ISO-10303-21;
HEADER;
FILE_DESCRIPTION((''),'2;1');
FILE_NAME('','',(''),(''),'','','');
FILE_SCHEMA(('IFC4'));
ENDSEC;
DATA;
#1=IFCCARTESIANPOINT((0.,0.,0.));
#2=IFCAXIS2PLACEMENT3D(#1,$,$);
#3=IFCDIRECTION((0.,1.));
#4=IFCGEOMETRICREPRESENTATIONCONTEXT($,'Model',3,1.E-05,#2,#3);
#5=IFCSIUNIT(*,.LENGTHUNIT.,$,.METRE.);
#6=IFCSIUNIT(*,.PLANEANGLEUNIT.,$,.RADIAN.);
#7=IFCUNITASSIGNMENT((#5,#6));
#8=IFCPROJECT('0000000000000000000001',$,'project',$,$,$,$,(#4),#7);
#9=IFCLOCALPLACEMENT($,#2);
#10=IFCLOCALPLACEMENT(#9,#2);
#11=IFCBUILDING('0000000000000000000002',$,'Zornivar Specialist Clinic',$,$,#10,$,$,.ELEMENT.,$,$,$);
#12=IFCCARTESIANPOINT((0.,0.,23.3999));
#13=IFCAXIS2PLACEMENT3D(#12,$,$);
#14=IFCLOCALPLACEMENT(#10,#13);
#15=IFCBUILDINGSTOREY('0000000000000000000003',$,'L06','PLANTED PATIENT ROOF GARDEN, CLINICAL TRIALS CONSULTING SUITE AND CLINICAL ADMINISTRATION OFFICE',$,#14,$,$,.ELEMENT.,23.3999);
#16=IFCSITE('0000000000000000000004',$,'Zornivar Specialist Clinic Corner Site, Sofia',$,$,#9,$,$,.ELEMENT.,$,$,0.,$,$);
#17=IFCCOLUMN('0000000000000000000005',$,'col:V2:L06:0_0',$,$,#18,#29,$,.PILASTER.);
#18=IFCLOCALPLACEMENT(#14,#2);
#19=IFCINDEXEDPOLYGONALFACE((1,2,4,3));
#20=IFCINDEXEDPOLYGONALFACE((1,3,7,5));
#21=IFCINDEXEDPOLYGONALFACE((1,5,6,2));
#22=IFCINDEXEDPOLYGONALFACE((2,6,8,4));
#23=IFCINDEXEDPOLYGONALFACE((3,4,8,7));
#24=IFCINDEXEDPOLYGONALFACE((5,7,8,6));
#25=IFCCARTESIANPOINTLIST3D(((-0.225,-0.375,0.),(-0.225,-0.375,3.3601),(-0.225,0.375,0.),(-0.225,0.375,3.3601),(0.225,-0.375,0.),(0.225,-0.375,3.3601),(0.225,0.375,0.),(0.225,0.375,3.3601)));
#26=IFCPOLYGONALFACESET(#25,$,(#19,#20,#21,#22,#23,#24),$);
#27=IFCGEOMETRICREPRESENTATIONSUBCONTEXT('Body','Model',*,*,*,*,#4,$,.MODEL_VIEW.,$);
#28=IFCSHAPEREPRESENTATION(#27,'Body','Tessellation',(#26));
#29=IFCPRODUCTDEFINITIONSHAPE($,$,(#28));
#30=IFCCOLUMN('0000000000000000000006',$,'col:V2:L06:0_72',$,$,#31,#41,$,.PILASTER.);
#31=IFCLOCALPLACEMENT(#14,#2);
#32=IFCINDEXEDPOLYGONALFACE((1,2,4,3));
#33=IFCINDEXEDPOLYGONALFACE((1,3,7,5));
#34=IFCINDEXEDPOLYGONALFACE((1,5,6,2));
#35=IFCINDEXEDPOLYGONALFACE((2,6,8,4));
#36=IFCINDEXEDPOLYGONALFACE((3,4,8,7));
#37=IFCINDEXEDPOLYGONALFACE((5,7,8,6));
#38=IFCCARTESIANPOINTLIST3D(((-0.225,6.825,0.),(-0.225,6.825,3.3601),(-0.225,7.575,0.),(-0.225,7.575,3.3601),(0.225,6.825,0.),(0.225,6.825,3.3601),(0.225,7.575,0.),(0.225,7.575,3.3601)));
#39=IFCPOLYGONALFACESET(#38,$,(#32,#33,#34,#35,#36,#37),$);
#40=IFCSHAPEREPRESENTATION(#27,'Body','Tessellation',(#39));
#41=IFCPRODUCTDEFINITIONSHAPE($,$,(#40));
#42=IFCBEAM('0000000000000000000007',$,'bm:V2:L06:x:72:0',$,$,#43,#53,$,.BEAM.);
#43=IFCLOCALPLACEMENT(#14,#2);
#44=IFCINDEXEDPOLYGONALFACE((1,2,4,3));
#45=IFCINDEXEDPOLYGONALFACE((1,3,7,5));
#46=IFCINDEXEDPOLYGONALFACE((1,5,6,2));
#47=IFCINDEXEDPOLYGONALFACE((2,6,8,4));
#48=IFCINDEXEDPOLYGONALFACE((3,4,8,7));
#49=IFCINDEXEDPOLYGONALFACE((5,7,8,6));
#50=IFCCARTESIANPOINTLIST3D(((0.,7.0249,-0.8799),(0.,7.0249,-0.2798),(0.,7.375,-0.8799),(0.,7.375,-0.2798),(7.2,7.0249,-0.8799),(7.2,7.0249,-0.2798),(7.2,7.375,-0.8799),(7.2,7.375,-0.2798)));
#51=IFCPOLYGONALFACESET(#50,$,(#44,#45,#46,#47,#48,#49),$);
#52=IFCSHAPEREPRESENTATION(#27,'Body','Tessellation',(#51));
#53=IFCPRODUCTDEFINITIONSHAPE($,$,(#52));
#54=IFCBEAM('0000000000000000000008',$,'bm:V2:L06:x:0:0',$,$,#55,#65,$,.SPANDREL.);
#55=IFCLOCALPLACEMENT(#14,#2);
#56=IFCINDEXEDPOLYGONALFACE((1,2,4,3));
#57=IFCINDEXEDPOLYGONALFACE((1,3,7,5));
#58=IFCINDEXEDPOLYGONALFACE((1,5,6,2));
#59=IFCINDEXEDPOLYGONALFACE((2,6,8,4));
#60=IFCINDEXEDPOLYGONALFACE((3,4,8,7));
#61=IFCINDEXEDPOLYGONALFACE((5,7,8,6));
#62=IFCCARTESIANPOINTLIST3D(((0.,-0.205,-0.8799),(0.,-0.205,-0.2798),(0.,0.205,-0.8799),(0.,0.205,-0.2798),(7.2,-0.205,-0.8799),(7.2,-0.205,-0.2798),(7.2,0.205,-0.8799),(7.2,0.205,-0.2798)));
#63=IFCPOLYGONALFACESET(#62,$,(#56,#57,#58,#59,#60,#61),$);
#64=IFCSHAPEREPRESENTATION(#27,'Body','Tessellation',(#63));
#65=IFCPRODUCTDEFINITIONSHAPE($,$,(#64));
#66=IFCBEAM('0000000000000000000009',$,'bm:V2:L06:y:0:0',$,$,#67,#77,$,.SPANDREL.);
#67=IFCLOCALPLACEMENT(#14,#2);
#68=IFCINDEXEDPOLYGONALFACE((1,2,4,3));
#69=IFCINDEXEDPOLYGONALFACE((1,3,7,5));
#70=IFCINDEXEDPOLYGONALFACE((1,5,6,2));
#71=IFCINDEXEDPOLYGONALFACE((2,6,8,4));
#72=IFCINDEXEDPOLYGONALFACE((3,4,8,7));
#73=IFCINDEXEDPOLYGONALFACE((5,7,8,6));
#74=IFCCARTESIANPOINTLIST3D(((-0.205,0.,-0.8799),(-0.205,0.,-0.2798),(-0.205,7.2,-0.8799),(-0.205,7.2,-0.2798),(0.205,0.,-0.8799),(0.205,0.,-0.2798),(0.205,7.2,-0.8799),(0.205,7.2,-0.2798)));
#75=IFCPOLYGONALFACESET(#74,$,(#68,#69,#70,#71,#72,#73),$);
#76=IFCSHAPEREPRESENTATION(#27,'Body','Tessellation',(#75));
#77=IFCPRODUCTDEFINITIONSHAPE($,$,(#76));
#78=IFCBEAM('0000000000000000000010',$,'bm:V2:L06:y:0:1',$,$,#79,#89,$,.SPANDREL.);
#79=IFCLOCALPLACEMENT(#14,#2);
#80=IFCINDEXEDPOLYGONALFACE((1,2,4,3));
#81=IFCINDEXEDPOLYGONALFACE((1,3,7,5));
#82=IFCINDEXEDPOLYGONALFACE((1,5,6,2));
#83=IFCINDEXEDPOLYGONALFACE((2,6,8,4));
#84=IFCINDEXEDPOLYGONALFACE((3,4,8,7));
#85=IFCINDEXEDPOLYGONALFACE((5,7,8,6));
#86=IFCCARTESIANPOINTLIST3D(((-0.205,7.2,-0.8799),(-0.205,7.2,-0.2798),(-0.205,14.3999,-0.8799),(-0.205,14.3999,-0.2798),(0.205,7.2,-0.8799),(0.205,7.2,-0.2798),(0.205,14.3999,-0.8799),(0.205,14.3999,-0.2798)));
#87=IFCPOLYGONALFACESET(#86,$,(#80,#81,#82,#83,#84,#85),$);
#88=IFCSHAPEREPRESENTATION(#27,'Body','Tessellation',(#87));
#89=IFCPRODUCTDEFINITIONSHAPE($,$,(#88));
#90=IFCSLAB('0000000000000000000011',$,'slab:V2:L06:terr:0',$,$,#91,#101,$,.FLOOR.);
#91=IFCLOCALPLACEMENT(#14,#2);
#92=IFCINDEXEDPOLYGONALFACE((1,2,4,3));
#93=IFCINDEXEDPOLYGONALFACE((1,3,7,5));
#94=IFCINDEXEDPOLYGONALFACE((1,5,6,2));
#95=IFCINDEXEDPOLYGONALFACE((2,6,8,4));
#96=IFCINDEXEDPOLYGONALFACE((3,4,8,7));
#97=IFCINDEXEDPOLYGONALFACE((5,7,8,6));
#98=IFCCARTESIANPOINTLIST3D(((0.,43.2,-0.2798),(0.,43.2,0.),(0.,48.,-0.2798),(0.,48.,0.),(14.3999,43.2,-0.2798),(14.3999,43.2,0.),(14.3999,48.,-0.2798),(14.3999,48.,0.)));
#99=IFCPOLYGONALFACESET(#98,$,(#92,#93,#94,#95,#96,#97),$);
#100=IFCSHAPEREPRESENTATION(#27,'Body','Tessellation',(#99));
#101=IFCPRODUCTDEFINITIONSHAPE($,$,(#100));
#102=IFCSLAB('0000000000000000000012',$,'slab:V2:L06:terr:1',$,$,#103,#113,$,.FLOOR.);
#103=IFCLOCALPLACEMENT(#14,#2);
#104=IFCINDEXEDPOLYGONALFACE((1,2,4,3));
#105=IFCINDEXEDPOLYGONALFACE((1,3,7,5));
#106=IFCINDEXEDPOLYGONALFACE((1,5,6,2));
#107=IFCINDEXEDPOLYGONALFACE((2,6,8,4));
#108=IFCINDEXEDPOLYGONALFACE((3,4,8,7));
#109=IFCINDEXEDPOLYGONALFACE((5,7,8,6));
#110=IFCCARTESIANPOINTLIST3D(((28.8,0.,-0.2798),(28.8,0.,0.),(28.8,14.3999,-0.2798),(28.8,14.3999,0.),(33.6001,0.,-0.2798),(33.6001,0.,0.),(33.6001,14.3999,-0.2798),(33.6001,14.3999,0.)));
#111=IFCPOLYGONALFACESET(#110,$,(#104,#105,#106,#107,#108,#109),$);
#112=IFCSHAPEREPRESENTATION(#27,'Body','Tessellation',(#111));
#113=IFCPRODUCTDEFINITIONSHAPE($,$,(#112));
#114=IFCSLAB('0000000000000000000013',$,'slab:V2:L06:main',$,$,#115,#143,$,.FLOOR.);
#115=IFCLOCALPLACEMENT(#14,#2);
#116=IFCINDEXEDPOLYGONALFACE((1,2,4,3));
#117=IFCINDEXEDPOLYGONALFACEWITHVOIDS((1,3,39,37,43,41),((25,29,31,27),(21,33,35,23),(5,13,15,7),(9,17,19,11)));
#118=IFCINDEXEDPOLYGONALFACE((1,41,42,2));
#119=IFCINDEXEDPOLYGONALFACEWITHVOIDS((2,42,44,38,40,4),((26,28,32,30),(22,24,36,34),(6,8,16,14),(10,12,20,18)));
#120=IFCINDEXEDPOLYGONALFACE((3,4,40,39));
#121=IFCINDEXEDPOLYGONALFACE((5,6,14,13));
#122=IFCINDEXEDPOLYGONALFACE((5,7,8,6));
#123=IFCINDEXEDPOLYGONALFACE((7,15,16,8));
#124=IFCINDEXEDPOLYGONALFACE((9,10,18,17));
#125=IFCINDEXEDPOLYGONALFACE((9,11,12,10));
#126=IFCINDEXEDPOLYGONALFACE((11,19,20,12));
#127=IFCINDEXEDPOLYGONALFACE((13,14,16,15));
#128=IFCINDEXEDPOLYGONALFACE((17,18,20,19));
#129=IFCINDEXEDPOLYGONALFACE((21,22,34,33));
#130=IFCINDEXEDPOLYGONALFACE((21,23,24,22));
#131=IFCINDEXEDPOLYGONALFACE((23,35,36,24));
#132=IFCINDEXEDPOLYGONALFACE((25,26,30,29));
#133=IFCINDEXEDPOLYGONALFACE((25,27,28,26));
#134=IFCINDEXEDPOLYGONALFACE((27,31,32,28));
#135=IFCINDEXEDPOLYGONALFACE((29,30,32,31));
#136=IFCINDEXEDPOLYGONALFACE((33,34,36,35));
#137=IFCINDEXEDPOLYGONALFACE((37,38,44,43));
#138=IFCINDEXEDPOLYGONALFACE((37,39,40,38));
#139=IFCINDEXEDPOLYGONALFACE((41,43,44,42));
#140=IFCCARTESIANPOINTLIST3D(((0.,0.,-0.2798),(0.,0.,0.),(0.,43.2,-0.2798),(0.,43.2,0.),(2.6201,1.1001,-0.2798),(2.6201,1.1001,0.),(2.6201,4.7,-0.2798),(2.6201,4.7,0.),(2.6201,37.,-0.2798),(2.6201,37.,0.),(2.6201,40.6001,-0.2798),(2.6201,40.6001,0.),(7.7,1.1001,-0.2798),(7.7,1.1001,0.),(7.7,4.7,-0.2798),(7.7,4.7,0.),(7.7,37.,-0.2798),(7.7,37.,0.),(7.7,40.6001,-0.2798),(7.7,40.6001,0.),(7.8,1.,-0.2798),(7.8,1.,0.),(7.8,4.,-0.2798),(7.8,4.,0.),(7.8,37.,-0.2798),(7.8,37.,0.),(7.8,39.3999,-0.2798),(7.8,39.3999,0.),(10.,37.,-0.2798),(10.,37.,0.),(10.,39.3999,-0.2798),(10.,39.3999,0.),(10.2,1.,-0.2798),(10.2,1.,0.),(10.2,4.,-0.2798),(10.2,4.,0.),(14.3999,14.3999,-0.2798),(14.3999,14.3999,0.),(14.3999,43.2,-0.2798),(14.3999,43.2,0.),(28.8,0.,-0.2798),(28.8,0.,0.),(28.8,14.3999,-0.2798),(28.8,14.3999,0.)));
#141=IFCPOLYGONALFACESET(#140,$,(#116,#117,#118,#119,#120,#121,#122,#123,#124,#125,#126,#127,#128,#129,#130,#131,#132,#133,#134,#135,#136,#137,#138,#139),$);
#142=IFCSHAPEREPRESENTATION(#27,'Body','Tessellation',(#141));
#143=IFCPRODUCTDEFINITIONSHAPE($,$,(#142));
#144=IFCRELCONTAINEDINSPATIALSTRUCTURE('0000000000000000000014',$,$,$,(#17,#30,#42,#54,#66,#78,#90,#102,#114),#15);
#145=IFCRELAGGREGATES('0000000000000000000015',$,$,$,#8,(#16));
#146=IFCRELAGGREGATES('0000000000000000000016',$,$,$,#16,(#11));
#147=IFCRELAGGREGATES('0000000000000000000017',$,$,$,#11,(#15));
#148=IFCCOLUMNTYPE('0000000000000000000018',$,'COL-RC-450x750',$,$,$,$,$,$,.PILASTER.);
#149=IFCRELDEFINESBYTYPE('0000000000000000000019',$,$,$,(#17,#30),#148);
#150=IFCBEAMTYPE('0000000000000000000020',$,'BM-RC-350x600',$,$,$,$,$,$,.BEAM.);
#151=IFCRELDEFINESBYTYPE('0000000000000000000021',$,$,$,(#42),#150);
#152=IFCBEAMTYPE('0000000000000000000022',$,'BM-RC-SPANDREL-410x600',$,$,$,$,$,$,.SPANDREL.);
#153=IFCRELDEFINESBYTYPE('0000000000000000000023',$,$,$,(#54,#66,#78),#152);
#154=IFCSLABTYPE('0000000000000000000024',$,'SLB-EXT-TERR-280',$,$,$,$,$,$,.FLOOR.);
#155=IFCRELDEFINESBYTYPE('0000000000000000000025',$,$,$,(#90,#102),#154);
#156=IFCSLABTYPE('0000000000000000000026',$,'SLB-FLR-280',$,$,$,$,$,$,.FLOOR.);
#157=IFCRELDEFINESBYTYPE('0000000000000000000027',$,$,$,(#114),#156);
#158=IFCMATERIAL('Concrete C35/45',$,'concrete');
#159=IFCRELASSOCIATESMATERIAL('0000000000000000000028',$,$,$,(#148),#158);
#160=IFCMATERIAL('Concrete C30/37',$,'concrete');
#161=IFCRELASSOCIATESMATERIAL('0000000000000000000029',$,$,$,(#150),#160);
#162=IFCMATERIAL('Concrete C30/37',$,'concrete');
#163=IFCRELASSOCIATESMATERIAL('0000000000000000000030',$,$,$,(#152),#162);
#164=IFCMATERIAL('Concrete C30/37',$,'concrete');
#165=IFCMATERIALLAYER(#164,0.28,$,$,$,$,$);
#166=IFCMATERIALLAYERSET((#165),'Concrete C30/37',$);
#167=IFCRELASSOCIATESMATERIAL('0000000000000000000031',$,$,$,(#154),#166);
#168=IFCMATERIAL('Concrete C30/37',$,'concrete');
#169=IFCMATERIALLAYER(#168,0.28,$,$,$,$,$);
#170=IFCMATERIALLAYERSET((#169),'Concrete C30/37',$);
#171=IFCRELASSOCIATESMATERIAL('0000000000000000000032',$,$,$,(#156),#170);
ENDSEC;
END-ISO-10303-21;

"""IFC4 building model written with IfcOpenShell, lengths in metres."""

from ifc_helpers import new_model, si_unit, direction, frame, origin, origin_2d, place, context, subcontext, project, spatial, polyline, rectangle, outline, extrude, material, layer, layer_set, material_profile, profile_set, type_object, element, save


model = new_model("IFC4")

# Units and contexts
model_context = context("Model", 3, precision=1e-05, world=origin(), true_north=direction((0.0, 1.0)))
body_context = subcontext(model_context, "Body", "Model", "MODEL_VIEW")
ifc_project = project(units=[si_unit("LENGTHUNIT", "METRE"), si_unit("PLANEANGLEUNIT", "RADIAN")], contexts=[model_context])

# Site, building, storey
site_placement = place(None, origin())
site = spatial("IfcSite", under=ifc_project, at=site_placement, Name="Zornivar Specialist Clinic Corner Site, Sofia", CompositionType="ELEMENT", RefElevation=0.0)
building_placement = place(site_placement, origin())
building = spatial("IfcBuilding", under=site, at=building_placement, Name="Zornivar Specialist Clinic", CompositionType="ELEMENT")
storey_placement = place(building_placement, frame((0.0, 0.0, 23.3999)))
storey = spatial("IfcBuildingStorey", under=building, at=storey_placement, Name="L06", Description="PLANTED PATIENT ROOF GARDEN, CLINICAL TRIALS CONSULTING SUITE AND CLINICAL ADMINISTRATION OFFICE", CompositionType="ELEMENT", Elevation=23.3999)

# Columns
ifc_material_1 = material(Name="Concrete C35/45", Category="concrete")
ifc_material_profile_1 = material_profile(ifc_material_1, rectangle(XDim=0.45, YDim=0.75, at=origin_2d()), Name="RC 450x750")
ifc_profile_set_1 = profile_set([ifc_material_profile_1], Name="Concrete C35/45")
column_type = type_object("IfcColumnType", Name="COL-RC-450x750", PredefinedType="PILASTER", material=ifc_profile_set_1)
for number, where, z_axis, x_axis, name in (
    (1, (0.0, 0.0, 0.0), (0.0, 0.0, 1.0), (1.0, 0.0, 0.0), "col:V2:L06:0_0"),
    (2, (0.0, 7.2, 0.0), (0.0, 0.0, 1.0), (1.0, 0.0, 0.0), "col:V2:L06:0_72"),
):
    element("IfcColumn", number, at=place(storey_placement, frame(where, z_axis=z_axis, x_axis=x_axis)), inside=storey, type_object=column_type, Name=name, PredefinedType="PILASTER", context=body_context, shape_type="SweptSolid", body=[
        extrude(rectangle(XDim=0.45, YDim=0.75, at=origin_2d()), origin(), (0.0, 0.0, 1.0), 3.3601),
    ])

# Beams
ifc_material_2 = material(Name="Concrete C30/37", Category="concrete")
ifc_material_profile_2 = material_profile(ifc_material_2, rectangle(XDim=0.3501, YDim=0.6001, at=origin_2d()), Name="RC 350x600")
ifc_profile_set_2 = profile_set([ifc_material_profile_2], Name="Concrete C30/37")
beam_type_1 = type_object("IfcBeamType", Name="BM-RC-350x600", PredefinedType="BEAM", material=ifc_profile_set_2)
beam_placement = place(storey_placement, frame((0.0, 7.2, -0.5798), z_axis=(1.0, 0.0, 0.0), x_axis=(0.0, 1.0, 0.0)))
element("IfcBeam", 3, at=beam_placement, inside=storey, type_object=beam_type_1, Name="bm:V2:L06:x:72:0", PredefinedType="BEAM", context=body_context, shape_type="SweptSolid", body=[
    extrude(rectangle(XDim=0.3501, YDim=0.6001, at=origin_2d()), origin(), (0.0, 0.0, 1.0), 7.2),
])
ifc_material_3 = material(Name="Concrete C30/37", Category="concrete")
ifc_material_profile_3 = material_profile(ifc_material_3, rectangle(XDim=0.4099, YDim=0.6001, at=origin_2d()), Name="RC 410x600")
ifc_profile_set_3 = profile_set([ifc_material_profile_3], Name="Concrete C30/37")
beam_type_2 = type_object("IfcBeamType", Name="BM-RC-SPANDREL-410x600", PredefinedType="SPANDREL", material=ifc_profile_set_3)
for number, where, z_axis, x_axis, name in (
    (4, (0.0, 0.0, -0.5798), (1.0, 0.0, 0.0), (0.0, 1.0, 0.0), "bm:V2:L06:x:0:0"),
    (5, (0.0, 0.0, -0.5798), (0.0, 1.0, 0.0), (-1.0, 0.0, 0.0), "bm:V2:L06:y:0:0"),
    (6, (0.0, 7.2, -0.5798), (0.0, 1.0, 0.0), (-1.0, 0.0, 0.0), "bm:V2:L06:y:0:1"),
):
    element("IfcBeam", number, at=place(storey_placement, frame(where, z_axis=z_axis, x_axis=x_axis)), inside=storey, type_object=beam_type_2, Name=name, PredefinedType="SPANDREL", context=body_context, shape_type="SweptSolid", body=[
        extrude(rectangle(XDim=0.4099, YDim=0.6001, at=origin_2d()), origin(), (0.0, 0.0, 1.0), 7.2),
    ])

# Slabs
ifc_material_4 = material(Name="Concrete C30/37", Category="concrete")
ifc_layer_1 = layer(ifc_material_4, 0.28)
ifc_layer_set_1 = layer_set([ifc_layer_1], Name="Concrete C30/37")
slab_type_1 = type_object("IfcSlabType", Name="SLB-EXT-TERR-280", PredefinedType="FLOOR", material=ifc_layer_set_1)
slab_1_placement = place(storey_placement, frame((0.0, 0.0, -0.2798)))
element("IfcSlab", 7, at=slab_1_placement, inside=storey, type_object=slab_type_1, Name="slab:V2:L06:terr:0", PredefinedType="FLOOR", context=body_context, shape_type="SweptSolid", body=[
    extrude(outline(polyline([(0.0, 43.2), (14.3999, 43.2), (14.3999, 48.0), (0.0, 48.0), (0.0, 43.2)])), origin(), (0.0, 0.0, 1.0), 0.2798),
])
slab_2_placement = place(storey_placement, frame((0.0, 0.0, -0.2798)))
element("IfcSlab", 8, at=slab_2_placement, inside=storey, type_object=slab_type_1, Name="slab:V2:L06:terr:1", PredefinedType="FLOOR", context=body_context, shape_type="SweptSolid", body=[
    extrude(outline(polyline([(28.8, 0.0), (33.6001, 0.0), (33.6001, 14.3999), (28.8, 14.3999), (28.8, 0.0)])), origin(), (0.0, 0.0, 1.0), 0.2798),
])
ifc_material_5 = material(Name="Concrete C30/37", Category="concrete")
ifc_layer_2 = layer(ifc_material_5, 0.28)
ifc_layer_set_2 = layer_set([ifc_layer_2], Name="Concrete C30/37")
slab_type_2 = type_object("IfcSlabType", Name="SLB-FLR-280", PredefinedType="FLOOR", material=ifc_layer_set_2)
slab_3_placement = place(storey_placement, frame((0.0, 0.0, -0.2798)))
element("IfcSlab", 9, at=slab_3_placement, inside=storey, type_object=slab_type_2, Name="slab:V2:L06:main", PredefinedType="FLOOR", context=body_context, shape_type="SweptSolid", body=[
    extrude(outline(polyline([(0.0, 0.0), (28.8, 0.0), (28.8, 14.3999), (14.3999, 14.3999), (14.3999, 43.2), (0.0, 43.2), (0.0, 0.0)]), holes=[polyline([(2.6201, 1.1001), (7.7, 1.1001), (7.7, 4.7), (2.6201, 4.7), (2.6201, 1.1001)]), polyline([(7.8, 1.0), (10.2, 1.0), (10.2, 4.0), (7.8, 4.0), (7.8, 1.0)]), polyline([(2.6201, 37.0), (7.7, 37.0), (7.7, 40.6001), (2.6201, 40.6001), (2.6201, 37.0)]), polyline([(7.8, 37.0), (10.0, 37.0), (10.0, 39.3999), (7.8, 39.3999), (7.8, 37.0)])]), origin(), (0.0, 0.0, 1.0), 0.2798),
])

save(model, "model.ifc")
